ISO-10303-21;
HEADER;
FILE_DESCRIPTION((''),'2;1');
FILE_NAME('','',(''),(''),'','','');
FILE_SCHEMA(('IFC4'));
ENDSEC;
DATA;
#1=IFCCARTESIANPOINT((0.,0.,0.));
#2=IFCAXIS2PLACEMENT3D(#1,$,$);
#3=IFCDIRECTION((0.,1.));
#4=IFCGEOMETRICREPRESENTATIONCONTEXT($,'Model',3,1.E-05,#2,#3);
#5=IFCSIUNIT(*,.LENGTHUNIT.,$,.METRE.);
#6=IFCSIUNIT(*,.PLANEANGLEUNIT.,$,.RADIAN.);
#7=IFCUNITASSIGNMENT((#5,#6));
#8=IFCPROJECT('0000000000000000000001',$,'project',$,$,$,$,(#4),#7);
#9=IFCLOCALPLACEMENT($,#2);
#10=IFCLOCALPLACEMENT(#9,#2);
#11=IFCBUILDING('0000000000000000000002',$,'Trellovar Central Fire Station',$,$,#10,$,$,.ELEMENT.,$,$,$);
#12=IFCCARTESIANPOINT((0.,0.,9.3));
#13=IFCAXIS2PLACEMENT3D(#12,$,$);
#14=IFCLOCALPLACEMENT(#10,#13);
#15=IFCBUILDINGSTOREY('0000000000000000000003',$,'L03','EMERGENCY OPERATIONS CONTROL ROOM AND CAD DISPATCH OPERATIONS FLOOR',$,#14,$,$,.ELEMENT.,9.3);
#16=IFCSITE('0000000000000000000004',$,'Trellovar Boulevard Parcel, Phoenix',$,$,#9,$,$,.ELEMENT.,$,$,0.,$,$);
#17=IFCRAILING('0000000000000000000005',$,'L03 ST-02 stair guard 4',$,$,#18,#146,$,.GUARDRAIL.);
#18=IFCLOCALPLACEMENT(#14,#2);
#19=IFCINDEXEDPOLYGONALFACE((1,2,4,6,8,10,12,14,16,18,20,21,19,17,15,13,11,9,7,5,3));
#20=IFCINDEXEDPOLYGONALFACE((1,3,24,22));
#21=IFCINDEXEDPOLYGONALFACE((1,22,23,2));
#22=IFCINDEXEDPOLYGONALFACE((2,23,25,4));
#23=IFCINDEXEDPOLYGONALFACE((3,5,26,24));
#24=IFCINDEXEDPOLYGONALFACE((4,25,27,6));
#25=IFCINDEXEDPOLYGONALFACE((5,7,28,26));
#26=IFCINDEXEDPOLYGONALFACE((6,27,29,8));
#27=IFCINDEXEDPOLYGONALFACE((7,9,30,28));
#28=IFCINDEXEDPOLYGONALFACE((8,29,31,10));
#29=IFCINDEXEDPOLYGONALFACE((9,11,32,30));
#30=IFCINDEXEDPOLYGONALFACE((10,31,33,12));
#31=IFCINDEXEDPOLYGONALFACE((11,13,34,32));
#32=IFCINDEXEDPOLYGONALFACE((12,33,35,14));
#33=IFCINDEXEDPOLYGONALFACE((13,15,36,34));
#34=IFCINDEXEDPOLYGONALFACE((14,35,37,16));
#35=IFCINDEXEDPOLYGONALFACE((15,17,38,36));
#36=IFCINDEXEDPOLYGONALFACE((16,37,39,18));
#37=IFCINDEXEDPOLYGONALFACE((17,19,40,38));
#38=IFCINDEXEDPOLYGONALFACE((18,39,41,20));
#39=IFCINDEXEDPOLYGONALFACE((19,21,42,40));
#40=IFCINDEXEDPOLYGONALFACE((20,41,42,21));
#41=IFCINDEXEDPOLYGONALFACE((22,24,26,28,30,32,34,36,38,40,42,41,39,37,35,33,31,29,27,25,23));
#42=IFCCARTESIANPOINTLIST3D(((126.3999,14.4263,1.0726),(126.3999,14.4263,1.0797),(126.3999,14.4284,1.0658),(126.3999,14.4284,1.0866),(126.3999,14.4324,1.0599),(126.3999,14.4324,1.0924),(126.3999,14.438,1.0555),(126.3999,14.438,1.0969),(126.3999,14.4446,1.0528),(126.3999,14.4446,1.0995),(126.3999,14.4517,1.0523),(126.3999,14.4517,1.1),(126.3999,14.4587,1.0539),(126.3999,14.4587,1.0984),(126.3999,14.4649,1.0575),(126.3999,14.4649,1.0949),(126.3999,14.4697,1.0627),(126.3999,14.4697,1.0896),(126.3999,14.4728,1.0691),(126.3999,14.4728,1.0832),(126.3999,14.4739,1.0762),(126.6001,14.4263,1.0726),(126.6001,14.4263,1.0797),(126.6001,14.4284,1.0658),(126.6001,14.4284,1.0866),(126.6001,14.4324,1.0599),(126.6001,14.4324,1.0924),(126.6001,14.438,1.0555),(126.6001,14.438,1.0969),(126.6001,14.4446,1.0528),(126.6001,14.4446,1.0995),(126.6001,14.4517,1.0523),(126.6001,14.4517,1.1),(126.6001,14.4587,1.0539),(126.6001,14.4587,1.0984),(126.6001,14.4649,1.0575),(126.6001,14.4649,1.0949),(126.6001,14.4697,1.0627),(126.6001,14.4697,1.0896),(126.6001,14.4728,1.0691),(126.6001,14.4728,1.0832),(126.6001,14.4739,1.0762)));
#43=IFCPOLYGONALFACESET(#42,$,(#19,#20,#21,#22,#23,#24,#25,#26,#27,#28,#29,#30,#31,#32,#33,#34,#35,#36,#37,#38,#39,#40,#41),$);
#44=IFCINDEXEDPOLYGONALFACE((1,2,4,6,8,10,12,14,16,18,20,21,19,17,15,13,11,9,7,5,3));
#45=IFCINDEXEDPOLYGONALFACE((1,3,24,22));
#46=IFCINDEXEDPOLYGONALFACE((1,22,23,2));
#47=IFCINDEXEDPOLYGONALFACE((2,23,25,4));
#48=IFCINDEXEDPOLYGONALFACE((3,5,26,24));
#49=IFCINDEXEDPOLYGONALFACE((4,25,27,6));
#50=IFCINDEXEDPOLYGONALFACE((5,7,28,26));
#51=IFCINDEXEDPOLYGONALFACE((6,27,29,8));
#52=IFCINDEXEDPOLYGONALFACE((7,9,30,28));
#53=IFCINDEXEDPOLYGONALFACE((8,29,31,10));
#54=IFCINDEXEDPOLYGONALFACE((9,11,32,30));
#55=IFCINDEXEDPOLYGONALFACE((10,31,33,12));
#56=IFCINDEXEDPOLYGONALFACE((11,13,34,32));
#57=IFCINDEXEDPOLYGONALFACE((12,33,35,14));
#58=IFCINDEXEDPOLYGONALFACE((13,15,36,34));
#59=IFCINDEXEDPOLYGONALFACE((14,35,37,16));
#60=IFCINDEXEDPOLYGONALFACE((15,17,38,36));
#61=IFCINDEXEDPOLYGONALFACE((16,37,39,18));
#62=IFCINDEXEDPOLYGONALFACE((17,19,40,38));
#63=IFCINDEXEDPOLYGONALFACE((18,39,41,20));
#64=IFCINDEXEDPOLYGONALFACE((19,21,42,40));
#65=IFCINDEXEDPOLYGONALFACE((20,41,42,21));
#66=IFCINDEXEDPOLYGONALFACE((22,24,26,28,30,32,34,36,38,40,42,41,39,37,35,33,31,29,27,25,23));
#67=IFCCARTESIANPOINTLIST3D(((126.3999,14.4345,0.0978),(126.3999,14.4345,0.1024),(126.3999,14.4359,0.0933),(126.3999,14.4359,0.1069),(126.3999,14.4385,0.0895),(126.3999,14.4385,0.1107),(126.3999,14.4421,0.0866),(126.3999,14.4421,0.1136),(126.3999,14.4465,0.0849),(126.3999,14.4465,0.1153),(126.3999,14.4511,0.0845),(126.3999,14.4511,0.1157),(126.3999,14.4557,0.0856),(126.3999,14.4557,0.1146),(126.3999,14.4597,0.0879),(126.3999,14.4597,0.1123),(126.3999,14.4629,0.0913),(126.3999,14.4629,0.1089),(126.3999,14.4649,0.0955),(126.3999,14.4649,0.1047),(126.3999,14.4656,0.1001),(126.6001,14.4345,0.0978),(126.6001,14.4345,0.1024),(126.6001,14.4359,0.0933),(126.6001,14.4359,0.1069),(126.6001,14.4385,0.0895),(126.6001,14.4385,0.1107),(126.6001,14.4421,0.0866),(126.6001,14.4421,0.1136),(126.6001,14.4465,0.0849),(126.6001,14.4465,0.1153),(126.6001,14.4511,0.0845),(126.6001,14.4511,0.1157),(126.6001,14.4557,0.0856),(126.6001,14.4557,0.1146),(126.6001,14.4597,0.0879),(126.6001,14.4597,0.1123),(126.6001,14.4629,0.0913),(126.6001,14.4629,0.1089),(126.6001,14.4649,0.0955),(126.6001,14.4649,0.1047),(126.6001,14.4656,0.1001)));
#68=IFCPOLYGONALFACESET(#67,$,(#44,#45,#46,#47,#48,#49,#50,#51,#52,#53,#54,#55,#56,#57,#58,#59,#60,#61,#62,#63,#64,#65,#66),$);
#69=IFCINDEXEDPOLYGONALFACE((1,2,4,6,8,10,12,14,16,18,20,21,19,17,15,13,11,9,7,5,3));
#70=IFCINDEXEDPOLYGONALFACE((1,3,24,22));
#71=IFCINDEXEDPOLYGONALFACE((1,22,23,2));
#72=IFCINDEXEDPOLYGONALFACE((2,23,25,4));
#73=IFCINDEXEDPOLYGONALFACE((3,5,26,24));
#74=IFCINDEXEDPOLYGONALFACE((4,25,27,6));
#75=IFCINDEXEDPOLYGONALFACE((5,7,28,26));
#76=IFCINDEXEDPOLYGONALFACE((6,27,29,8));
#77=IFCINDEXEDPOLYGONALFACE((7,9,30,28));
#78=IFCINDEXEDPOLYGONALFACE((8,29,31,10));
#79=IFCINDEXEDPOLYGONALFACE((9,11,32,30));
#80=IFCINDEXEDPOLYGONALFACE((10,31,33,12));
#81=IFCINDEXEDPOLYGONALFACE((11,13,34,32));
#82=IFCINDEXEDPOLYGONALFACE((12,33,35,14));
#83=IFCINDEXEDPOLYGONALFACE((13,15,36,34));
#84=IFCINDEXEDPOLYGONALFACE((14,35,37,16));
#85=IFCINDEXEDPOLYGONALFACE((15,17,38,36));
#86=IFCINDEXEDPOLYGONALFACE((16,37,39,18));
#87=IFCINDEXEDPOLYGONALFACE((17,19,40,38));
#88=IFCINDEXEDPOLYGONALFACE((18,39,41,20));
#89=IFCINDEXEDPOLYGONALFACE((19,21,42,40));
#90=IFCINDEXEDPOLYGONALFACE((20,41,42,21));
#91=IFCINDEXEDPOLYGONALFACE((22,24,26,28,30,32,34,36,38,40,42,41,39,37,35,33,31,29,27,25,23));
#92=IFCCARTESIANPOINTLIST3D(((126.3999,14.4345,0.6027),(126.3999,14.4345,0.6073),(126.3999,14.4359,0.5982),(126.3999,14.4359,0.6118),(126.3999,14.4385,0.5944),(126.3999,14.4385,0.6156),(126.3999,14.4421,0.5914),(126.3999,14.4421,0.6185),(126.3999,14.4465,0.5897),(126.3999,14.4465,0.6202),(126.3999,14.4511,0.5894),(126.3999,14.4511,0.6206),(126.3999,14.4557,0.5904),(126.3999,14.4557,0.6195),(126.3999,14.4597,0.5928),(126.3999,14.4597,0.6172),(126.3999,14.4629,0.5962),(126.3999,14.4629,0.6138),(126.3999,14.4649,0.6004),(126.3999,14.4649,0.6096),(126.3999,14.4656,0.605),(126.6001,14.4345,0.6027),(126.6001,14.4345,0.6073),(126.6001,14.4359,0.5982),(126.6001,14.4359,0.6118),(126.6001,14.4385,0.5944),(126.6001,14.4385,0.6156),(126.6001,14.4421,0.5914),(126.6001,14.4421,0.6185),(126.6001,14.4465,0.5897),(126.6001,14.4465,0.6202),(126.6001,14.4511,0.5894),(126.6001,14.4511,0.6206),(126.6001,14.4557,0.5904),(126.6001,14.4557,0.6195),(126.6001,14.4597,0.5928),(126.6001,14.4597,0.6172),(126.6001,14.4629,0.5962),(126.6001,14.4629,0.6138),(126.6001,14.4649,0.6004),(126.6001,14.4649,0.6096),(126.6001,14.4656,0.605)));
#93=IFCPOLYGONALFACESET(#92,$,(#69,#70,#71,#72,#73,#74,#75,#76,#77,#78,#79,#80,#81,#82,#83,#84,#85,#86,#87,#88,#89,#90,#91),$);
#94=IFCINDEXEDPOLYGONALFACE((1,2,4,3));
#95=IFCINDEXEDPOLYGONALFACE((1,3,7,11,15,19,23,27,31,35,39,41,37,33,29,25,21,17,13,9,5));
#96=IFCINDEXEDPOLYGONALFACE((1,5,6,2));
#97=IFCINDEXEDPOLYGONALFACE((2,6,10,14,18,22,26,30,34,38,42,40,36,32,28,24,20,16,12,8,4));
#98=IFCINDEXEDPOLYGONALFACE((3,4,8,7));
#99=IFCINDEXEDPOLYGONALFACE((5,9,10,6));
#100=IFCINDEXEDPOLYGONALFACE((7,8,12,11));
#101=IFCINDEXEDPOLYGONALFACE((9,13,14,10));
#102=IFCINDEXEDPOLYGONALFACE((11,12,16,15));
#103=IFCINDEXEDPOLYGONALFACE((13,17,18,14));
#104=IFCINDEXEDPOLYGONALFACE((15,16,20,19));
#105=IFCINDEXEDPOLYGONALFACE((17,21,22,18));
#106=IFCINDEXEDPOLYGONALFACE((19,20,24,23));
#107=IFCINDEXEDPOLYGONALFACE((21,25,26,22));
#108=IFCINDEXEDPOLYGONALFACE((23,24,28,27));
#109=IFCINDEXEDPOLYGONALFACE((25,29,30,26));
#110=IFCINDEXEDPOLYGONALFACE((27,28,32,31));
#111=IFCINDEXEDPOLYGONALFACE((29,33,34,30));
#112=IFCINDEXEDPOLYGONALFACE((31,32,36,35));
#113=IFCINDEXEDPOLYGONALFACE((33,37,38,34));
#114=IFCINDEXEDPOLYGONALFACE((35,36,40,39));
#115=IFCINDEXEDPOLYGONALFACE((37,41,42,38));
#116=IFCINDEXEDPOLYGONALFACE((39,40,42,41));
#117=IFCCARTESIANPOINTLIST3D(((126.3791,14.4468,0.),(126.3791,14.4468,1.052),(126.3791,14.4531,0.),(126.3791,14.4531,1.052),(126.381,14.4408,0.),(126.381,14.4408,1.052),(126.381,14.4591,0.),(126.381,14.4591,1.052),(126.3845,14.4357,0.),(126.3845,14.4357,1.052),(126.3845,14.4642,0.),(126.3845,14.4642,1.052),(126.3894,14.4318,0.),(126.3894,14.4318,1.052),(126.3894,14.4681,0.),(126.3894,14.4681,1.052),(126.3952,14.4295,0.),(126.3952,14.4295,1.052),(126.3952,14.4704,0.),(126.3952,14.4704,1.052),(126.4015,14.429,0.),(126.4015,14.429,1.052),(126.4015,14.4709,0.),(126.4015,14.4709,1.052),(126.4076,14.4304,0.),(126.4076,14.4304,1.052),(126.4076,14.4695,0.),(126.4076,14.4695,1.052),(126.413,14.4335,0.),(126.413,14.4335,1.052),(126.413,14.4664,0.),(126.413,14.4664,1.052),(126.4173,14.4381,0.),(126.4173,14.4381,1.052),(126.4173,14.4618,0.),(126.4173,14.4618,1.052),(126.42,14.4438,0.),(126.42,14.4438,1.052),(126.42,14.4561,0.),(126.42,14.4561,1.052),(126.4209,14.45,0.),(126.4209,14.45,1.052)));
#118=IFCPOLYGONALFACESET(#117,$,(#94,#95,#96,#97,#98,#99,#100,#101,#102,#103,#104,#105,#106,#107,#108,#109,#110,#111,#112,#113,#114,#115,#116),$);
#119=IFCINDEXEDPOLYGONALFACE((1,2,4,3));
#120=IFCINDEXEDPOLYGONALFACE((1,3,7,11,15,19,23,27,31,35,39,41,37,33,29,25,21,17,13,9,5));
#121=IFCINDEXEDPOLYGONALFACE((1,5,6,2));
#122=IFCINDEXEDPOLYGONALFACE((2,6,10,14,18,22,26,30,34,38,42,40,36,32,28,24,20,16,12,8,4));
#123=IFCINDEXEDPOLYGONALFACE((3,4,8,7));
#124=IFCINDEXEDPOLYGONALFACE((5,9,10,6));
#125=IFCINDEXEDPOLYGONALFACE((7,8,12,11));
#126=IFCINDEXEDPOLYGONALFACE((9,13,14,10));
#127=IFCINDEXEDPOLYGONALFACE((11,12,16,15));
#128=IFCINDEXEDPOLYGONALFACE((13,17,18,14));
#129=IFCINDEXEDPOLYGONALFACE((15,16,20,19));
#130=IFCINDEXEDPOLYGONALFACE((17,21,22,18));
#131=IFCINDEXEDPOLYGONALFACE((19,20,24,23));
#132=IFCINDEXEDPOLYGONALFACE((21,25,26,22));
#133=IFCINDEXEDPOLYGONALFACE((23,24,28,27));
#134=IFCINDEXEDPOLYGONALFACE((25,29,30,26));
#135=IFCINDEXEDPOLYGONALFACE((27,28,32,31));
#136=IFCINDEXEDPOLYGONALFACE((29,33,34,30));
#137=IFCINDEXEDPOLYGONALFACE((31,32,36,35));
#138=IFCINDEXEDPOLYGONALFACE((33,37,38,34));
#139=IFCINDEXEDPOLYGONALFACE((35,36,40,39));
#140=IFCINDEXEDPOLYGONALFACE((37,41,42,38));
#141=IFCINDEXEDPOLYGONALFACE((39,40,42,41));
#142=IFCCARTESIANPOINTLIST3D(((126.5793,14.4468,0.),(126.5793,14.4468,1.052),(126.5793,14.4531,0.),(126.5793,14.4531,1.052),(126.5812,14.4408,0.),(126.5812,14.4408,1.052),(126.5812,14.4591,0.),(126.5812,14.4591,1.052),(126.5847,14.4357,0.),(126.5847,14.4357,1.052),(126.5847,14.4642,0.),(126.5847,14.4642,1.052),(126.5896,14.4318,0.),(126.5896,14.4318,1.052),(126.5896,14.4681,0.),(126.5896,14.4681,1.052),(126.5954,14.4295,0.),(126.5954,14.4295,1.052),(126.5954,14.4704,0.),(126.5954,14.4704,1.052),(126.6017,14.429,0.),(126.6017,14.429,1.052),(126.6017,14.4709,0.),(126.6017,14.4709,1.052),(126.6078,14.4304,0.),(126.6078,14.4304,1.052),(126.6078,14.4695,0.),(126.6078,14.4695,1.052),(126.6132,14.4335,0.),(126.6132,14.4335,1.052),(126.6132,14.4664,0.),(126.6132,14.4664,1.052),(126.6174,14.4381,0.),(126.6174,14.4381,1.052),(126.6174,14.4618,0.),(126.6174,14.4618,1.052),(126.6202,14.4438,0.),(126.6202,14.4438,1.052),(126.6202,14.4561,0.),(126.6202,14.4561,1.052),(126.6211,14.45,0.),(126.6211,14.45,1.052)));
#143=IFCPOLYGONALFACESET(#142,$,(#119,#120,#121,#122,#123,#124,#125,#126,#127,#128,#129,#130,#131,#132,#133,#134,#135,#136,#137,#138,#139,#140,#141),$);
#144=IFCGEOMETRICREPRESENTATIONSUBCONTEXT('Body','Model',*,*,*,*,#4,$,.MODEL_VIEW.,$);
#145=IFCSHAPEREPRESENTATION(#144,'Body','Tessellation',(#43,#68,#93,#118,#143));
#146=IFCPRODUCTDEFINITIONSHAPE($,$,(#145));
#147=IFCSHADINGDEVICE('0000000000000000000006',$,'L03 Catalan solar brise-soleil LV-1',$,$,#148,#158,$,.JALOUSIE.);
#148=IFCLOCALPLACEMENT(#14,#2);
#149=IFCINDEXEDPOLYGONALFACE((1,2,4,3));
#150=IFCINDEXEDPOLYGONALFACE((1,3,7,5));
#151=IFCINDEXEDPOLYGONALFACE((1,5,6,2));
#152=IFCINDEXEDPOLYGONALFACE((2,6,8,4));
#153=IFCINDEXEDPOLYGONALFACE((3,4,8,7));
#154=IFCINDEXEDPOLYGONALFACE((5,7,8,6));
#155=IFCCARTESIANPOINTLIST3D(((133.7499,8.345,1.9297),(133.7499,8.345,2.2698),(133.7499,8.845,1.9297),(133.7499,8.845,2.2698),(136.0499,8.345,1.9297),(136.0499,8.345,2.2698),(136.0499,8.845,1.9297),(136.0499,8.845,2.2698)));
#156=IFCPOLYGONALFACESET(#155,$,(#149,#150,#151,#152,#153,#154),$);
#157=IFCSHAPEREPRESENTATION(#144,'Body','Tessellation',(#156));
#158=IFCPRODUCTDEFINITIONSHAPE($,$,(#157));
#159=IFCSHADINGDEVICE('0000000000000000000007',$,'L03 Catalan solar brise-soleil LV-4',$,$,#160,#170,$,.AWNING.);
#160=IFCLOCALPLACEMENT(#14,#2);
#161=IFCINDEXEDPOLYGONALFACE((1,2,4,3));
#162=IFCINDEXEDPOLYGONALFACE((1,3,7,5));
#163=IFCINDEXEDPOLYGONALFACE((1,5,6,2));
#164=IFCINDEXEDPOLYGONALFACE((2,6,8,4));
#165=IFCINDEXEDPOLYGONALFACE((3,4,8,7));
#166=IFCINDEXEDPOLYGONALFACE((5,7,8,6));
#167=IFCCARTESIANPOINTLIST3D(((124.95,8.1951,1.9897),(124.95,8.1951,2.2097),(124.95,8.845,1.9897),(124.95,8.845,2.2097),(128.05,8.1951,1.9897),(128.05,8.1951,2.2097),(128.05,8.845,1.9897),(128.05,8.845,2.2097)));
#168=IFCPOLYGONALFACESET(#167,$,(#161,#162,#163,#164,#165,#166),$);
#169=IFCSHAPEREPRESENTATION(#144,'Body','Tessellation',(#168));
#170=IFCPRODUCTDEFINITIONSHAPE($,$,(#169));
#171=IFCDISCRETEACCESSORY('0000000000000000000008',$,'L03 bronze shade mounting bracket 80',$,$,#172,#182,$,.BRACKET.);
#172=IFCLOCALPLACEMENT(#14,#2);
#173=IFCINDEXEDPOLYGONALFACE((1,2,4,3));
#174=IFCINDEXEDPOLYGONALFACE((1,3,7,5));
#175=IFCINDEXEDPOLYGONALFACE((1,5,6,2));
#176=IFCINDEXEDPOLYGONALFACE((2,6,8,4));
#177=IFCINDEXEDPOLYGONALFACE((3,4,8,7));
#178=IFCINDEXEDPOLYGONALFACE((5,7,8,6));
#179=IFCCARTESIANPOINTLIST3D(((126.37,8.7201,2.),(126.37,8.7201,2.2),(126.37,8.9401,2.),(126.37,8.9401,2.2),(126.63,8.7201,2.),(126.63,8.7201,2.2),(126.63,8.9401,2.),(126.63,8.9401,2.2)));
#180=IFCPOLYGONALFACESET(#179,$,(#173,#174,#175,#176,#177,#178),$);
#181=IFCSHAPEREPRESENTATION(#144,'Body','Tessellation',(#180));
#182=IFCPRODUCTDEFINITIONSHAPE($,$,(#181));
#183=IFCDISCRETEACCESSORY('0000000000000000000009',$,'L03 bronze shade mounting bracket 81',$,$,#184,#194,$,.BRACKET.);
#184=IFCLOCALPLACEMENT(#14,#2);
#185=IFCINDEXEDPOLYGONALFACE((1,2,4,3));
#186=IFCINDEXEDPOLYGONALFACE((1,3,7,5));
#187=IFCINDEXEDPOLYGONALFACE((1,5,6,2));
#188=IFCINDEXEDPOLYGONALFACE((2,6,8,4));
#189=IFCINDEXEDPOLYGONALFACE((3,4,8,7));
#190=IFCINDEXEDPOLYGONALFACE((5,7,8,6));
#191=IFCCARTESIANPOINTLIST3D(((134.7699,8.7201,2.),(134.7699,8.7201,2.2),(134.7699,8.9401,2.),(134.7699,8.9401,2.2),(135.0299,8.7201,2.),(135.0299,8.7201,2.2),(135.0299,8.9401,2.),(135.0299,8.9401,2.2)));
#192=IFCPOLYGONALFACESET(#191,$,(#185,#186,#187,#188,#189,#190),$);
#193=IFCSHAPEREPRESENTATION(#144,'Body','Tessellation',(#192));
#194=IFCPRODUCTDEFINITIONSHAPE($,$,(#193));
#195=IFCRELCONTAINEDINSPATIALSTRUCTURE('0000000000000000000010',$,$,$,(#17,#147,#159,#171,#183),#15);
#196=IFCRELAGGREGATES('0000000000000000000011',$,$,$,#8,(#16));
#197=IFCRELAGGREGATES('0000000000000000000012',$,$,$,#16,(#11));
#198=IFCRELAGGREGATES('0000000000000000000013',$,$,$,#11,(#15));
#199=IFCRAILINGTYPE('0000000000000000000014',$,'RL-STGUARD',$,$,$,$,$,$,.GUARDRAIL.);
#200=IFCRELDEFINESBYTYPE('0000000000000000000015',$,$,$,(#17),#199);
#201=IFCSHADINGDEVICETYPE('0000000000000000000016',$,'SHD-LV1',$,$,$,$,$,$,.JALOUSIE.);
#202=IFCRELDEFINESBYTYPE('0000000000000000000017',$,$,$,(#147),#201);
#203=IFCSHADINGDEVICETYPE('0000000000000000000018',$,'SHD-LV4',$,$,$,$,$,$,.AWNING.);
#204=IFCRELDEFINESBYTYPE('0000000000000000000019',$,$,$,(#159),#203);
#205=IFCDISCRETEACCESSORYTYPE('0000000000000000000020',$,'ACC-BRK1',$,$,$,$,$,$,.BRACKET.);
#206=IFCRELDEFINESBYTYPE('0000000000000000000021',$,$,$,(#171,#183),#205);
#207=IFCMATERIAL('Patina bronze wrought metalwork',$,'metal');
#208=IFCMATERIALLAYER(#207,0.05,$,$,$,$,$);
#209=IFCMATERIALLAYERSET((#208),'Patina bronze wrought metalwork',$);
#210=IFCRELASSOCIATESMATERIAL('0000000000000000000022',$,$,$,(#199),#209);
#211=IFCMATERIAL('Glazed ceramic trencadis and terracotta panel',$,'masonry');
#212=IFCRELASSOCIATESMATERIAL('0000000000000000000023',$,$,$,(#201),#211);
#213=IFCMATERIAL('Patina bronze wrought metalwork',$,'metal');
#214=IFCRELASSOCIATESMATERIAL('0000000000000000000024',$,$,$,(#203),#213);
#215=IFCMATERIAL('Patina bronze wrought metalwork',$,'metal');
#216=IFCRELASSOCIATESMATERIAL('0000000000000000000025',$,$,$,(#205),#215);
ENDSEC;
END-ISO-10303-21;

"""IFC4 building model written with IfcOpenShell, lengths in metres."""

from ifc_helpers import new_model, si_unit, direction, frame, origin, origin_2d, place, context, subcontext, project, spatial, rectangle, circle, extrude, material, layer, layer_set, type_object, element, save


model = new_model("IFC4")

# Units and contexts
model_context = context("Model", 3, precision=1e-05, world=origin(), true_north=direction((0.0, 1.0)))
body_context = subcontext(model_context, "Body", "Model", "MODEL_VIEW")
ifc_project = project(units=[si_unit("LENGTHUNIT", "METRE"), si_unit("PLANEANGLEUNIT", "RADIAN")], contexts=[model_context])

# Site, building, storey
site_placement = place(None, origin())
site = spatial("IfcSite", under=ifc_project, at=site_placement, Name="Trellovar Boulevard Parcel, Phoenix", CompositionType="ELEMENT", RefElevation=0.0)
building_placement = place(site_placement, origin())
building = spatial("IfcBuilding", under=site, at=building_placement, Name="Trellovar Central Fire Station", CompositionType="ELEMENT")
storey_placement = place(building_placement, frame((0.0, 0.0, 9.3)))
storey = spatial("IfcBuildingStorey", under=building, at=storey_placement, Name="L03", Description="EMERGENCY OPERATIONS CONTROL ROOM AND CAD DISPATCH OPERATIONS FLOOR", CompositionType="ELEMENT", Elevation=9.3)

# Railing
ifc_material_1 = material(Name="Patina bronze wrought metalwork", Category="metal")
ifc_layer_1 = layer(ifc_material_1, 0.05)
ifc_layer_set_1 = layer_set([ifc_layer_1], Name="Patina bronze wrought metalwork")
railing_type_1 = type_object("IfcRailingType", Name="RL-STGUARD", PredefinedType="GUARDRAIL", material=ifc_layer_set_1)
railing_1_placement = place(storey_placement, frame((126.3999, 14.45, 0.0)))
element("IfcRailing", 1, at=railing_1_placement, inside=storey, type_object=railing_type_1, Name="L03 ST-02 stair guard 4", PredefinedType="GUARDRAIL", context=body_context, shape_type="SweptSolid", body=[
    extrude(circle(Radius=0.0239, at=origin_2d()), frame((0.0, 0.0, 1.0762), z_axis=(1.0, 0.0, 0.0), x_axis=(0.0, 1.0, 0.0)), (0.0, 0.0, 1.0), 0.2002),
    extrude(circle(Radius=0.0156, at=origin_2d()), frame((0.0, 0.0, 0.1001), z_axis=(1.0, 0.0, 0.0), x_axis=(0.0, 1.0, 0.0)), (0.0, 0.0, 1.0), 0.2002),
    extrude(circle(Radius=0.0156, at=origin_2d()), frame((0.0, 0.0, 0.605), z_axis=(1.0, 0.0, 0.0), x_axis=(0.0, 1.0, 0.0)), (0.0, 0.0, 1.0), 0.2002),
    extrude(circle(Radius=0.021, at=origin_2d()), origin(), (0.0, 0.0, 1.0), 1.052),
    extrude(circle(Radius=0.021, at=origin_2d()), frame((0.2002, 0.0, 0.0)), (0.0, 0.0, 1.0), 1.052),
])

# Shading devices
ifc_material_2 = material(Name="Glazed ceramic trencadis and terracotta panel", Category="masonry")
shading_device_type_1 = type_object("IfcShadingDeviceType", Name="SHD-LV1", PredefinedType="JALOUSIE", material=ifc_material_2)
shading_device_1_placement = place(storey_placement, frame((134.8999, 8.595, 1.9297), z_axis=(0.0, 0.0, 1.0), x_axis=(1.0, 0.0, 0.0)))
element("IfcShadingDevice", 2, at=shading_device_1_placement, inside=storey, type_object=shading_device_type_1, Name="L03 Catalan solar brise-soleil LV-1", PredefinedType="JALOUSIE", context=body_context, shape_type="SweptSolid", body=[
    extrude(rectangle(XDim=2.3, YDim=0.5, at=origin_2d()), origin(), (0.0, 0.0, 1.0), 0.3401),
])
ifc_material_3 = material(Name="Patina bronze wrought metalwork", Category="metal")
shading_device_type_2 = type_object("IfcShadingDeviceType", Name="SHD-LV4", PredefinedType="AWNING", material=ifc_material_3)
shading_device_2_placement = place(storey_placement, frame((126.5, 8.52, 1.9897), z_axis=(0.0, 0.0, 1.0), x_axis=(1.0, 0.0, 0.0)))
element("IfcShadingDevice", 3, at=shading_device_2_placement, inside=storey, type_object=shading_device_type_2, Name="L03 Catalan solar brise-soleil LV-4", PredefinedType="AWNING", context=body_context, shape_type="SweptSolid", body=[
    extrude(rectangle(XDim=3.1001, YDim=0.6499, at=origin_2d()), origin(), (0.0, 0.0, 1.0), 0.22),
])

# Discrete accessories
ifc_material_4 = material(Name="Patina bronze wrought metalwork", Category="metal")
discrete_accessory_type = type_object("IfcDiscreteAccessoryType", Name="ACC-BRK1", PredefinedType="BRACKET", material=ifc_material_4)
for number, where, z_axis, x_axis, name in (
    (4, (126.5, 8.8301, 2.0), (0.0, 0.0, 1.0), (1.0, 0.0, 0.0), "L03 bronze shade mounting bracket 80"),
    (5, (134.8999, 8.8301, 2.0), (0.0, 0.0, 1.0), (1.0, 0.0, 0.0), "L03 bronze shade mounting bracket 81"),
):
    element("IfcDiscreteAccessory", number, at=place(storey_placement, frame(where, z_axis=z_axis, x_axis=x_axis)), inside=storey, type_object=discrete_accessory_type, Name=name, PredefinedType="BRACKET", context=body_context, shape_type="SweptSolid", body=[
        extrude(rectangle(XDim=0.26, YDim=0.22, at=origin_2d()), origin(), (0.0, 0.0, 1.0), 0.2),
    ])

save(model, "model.ifc")
